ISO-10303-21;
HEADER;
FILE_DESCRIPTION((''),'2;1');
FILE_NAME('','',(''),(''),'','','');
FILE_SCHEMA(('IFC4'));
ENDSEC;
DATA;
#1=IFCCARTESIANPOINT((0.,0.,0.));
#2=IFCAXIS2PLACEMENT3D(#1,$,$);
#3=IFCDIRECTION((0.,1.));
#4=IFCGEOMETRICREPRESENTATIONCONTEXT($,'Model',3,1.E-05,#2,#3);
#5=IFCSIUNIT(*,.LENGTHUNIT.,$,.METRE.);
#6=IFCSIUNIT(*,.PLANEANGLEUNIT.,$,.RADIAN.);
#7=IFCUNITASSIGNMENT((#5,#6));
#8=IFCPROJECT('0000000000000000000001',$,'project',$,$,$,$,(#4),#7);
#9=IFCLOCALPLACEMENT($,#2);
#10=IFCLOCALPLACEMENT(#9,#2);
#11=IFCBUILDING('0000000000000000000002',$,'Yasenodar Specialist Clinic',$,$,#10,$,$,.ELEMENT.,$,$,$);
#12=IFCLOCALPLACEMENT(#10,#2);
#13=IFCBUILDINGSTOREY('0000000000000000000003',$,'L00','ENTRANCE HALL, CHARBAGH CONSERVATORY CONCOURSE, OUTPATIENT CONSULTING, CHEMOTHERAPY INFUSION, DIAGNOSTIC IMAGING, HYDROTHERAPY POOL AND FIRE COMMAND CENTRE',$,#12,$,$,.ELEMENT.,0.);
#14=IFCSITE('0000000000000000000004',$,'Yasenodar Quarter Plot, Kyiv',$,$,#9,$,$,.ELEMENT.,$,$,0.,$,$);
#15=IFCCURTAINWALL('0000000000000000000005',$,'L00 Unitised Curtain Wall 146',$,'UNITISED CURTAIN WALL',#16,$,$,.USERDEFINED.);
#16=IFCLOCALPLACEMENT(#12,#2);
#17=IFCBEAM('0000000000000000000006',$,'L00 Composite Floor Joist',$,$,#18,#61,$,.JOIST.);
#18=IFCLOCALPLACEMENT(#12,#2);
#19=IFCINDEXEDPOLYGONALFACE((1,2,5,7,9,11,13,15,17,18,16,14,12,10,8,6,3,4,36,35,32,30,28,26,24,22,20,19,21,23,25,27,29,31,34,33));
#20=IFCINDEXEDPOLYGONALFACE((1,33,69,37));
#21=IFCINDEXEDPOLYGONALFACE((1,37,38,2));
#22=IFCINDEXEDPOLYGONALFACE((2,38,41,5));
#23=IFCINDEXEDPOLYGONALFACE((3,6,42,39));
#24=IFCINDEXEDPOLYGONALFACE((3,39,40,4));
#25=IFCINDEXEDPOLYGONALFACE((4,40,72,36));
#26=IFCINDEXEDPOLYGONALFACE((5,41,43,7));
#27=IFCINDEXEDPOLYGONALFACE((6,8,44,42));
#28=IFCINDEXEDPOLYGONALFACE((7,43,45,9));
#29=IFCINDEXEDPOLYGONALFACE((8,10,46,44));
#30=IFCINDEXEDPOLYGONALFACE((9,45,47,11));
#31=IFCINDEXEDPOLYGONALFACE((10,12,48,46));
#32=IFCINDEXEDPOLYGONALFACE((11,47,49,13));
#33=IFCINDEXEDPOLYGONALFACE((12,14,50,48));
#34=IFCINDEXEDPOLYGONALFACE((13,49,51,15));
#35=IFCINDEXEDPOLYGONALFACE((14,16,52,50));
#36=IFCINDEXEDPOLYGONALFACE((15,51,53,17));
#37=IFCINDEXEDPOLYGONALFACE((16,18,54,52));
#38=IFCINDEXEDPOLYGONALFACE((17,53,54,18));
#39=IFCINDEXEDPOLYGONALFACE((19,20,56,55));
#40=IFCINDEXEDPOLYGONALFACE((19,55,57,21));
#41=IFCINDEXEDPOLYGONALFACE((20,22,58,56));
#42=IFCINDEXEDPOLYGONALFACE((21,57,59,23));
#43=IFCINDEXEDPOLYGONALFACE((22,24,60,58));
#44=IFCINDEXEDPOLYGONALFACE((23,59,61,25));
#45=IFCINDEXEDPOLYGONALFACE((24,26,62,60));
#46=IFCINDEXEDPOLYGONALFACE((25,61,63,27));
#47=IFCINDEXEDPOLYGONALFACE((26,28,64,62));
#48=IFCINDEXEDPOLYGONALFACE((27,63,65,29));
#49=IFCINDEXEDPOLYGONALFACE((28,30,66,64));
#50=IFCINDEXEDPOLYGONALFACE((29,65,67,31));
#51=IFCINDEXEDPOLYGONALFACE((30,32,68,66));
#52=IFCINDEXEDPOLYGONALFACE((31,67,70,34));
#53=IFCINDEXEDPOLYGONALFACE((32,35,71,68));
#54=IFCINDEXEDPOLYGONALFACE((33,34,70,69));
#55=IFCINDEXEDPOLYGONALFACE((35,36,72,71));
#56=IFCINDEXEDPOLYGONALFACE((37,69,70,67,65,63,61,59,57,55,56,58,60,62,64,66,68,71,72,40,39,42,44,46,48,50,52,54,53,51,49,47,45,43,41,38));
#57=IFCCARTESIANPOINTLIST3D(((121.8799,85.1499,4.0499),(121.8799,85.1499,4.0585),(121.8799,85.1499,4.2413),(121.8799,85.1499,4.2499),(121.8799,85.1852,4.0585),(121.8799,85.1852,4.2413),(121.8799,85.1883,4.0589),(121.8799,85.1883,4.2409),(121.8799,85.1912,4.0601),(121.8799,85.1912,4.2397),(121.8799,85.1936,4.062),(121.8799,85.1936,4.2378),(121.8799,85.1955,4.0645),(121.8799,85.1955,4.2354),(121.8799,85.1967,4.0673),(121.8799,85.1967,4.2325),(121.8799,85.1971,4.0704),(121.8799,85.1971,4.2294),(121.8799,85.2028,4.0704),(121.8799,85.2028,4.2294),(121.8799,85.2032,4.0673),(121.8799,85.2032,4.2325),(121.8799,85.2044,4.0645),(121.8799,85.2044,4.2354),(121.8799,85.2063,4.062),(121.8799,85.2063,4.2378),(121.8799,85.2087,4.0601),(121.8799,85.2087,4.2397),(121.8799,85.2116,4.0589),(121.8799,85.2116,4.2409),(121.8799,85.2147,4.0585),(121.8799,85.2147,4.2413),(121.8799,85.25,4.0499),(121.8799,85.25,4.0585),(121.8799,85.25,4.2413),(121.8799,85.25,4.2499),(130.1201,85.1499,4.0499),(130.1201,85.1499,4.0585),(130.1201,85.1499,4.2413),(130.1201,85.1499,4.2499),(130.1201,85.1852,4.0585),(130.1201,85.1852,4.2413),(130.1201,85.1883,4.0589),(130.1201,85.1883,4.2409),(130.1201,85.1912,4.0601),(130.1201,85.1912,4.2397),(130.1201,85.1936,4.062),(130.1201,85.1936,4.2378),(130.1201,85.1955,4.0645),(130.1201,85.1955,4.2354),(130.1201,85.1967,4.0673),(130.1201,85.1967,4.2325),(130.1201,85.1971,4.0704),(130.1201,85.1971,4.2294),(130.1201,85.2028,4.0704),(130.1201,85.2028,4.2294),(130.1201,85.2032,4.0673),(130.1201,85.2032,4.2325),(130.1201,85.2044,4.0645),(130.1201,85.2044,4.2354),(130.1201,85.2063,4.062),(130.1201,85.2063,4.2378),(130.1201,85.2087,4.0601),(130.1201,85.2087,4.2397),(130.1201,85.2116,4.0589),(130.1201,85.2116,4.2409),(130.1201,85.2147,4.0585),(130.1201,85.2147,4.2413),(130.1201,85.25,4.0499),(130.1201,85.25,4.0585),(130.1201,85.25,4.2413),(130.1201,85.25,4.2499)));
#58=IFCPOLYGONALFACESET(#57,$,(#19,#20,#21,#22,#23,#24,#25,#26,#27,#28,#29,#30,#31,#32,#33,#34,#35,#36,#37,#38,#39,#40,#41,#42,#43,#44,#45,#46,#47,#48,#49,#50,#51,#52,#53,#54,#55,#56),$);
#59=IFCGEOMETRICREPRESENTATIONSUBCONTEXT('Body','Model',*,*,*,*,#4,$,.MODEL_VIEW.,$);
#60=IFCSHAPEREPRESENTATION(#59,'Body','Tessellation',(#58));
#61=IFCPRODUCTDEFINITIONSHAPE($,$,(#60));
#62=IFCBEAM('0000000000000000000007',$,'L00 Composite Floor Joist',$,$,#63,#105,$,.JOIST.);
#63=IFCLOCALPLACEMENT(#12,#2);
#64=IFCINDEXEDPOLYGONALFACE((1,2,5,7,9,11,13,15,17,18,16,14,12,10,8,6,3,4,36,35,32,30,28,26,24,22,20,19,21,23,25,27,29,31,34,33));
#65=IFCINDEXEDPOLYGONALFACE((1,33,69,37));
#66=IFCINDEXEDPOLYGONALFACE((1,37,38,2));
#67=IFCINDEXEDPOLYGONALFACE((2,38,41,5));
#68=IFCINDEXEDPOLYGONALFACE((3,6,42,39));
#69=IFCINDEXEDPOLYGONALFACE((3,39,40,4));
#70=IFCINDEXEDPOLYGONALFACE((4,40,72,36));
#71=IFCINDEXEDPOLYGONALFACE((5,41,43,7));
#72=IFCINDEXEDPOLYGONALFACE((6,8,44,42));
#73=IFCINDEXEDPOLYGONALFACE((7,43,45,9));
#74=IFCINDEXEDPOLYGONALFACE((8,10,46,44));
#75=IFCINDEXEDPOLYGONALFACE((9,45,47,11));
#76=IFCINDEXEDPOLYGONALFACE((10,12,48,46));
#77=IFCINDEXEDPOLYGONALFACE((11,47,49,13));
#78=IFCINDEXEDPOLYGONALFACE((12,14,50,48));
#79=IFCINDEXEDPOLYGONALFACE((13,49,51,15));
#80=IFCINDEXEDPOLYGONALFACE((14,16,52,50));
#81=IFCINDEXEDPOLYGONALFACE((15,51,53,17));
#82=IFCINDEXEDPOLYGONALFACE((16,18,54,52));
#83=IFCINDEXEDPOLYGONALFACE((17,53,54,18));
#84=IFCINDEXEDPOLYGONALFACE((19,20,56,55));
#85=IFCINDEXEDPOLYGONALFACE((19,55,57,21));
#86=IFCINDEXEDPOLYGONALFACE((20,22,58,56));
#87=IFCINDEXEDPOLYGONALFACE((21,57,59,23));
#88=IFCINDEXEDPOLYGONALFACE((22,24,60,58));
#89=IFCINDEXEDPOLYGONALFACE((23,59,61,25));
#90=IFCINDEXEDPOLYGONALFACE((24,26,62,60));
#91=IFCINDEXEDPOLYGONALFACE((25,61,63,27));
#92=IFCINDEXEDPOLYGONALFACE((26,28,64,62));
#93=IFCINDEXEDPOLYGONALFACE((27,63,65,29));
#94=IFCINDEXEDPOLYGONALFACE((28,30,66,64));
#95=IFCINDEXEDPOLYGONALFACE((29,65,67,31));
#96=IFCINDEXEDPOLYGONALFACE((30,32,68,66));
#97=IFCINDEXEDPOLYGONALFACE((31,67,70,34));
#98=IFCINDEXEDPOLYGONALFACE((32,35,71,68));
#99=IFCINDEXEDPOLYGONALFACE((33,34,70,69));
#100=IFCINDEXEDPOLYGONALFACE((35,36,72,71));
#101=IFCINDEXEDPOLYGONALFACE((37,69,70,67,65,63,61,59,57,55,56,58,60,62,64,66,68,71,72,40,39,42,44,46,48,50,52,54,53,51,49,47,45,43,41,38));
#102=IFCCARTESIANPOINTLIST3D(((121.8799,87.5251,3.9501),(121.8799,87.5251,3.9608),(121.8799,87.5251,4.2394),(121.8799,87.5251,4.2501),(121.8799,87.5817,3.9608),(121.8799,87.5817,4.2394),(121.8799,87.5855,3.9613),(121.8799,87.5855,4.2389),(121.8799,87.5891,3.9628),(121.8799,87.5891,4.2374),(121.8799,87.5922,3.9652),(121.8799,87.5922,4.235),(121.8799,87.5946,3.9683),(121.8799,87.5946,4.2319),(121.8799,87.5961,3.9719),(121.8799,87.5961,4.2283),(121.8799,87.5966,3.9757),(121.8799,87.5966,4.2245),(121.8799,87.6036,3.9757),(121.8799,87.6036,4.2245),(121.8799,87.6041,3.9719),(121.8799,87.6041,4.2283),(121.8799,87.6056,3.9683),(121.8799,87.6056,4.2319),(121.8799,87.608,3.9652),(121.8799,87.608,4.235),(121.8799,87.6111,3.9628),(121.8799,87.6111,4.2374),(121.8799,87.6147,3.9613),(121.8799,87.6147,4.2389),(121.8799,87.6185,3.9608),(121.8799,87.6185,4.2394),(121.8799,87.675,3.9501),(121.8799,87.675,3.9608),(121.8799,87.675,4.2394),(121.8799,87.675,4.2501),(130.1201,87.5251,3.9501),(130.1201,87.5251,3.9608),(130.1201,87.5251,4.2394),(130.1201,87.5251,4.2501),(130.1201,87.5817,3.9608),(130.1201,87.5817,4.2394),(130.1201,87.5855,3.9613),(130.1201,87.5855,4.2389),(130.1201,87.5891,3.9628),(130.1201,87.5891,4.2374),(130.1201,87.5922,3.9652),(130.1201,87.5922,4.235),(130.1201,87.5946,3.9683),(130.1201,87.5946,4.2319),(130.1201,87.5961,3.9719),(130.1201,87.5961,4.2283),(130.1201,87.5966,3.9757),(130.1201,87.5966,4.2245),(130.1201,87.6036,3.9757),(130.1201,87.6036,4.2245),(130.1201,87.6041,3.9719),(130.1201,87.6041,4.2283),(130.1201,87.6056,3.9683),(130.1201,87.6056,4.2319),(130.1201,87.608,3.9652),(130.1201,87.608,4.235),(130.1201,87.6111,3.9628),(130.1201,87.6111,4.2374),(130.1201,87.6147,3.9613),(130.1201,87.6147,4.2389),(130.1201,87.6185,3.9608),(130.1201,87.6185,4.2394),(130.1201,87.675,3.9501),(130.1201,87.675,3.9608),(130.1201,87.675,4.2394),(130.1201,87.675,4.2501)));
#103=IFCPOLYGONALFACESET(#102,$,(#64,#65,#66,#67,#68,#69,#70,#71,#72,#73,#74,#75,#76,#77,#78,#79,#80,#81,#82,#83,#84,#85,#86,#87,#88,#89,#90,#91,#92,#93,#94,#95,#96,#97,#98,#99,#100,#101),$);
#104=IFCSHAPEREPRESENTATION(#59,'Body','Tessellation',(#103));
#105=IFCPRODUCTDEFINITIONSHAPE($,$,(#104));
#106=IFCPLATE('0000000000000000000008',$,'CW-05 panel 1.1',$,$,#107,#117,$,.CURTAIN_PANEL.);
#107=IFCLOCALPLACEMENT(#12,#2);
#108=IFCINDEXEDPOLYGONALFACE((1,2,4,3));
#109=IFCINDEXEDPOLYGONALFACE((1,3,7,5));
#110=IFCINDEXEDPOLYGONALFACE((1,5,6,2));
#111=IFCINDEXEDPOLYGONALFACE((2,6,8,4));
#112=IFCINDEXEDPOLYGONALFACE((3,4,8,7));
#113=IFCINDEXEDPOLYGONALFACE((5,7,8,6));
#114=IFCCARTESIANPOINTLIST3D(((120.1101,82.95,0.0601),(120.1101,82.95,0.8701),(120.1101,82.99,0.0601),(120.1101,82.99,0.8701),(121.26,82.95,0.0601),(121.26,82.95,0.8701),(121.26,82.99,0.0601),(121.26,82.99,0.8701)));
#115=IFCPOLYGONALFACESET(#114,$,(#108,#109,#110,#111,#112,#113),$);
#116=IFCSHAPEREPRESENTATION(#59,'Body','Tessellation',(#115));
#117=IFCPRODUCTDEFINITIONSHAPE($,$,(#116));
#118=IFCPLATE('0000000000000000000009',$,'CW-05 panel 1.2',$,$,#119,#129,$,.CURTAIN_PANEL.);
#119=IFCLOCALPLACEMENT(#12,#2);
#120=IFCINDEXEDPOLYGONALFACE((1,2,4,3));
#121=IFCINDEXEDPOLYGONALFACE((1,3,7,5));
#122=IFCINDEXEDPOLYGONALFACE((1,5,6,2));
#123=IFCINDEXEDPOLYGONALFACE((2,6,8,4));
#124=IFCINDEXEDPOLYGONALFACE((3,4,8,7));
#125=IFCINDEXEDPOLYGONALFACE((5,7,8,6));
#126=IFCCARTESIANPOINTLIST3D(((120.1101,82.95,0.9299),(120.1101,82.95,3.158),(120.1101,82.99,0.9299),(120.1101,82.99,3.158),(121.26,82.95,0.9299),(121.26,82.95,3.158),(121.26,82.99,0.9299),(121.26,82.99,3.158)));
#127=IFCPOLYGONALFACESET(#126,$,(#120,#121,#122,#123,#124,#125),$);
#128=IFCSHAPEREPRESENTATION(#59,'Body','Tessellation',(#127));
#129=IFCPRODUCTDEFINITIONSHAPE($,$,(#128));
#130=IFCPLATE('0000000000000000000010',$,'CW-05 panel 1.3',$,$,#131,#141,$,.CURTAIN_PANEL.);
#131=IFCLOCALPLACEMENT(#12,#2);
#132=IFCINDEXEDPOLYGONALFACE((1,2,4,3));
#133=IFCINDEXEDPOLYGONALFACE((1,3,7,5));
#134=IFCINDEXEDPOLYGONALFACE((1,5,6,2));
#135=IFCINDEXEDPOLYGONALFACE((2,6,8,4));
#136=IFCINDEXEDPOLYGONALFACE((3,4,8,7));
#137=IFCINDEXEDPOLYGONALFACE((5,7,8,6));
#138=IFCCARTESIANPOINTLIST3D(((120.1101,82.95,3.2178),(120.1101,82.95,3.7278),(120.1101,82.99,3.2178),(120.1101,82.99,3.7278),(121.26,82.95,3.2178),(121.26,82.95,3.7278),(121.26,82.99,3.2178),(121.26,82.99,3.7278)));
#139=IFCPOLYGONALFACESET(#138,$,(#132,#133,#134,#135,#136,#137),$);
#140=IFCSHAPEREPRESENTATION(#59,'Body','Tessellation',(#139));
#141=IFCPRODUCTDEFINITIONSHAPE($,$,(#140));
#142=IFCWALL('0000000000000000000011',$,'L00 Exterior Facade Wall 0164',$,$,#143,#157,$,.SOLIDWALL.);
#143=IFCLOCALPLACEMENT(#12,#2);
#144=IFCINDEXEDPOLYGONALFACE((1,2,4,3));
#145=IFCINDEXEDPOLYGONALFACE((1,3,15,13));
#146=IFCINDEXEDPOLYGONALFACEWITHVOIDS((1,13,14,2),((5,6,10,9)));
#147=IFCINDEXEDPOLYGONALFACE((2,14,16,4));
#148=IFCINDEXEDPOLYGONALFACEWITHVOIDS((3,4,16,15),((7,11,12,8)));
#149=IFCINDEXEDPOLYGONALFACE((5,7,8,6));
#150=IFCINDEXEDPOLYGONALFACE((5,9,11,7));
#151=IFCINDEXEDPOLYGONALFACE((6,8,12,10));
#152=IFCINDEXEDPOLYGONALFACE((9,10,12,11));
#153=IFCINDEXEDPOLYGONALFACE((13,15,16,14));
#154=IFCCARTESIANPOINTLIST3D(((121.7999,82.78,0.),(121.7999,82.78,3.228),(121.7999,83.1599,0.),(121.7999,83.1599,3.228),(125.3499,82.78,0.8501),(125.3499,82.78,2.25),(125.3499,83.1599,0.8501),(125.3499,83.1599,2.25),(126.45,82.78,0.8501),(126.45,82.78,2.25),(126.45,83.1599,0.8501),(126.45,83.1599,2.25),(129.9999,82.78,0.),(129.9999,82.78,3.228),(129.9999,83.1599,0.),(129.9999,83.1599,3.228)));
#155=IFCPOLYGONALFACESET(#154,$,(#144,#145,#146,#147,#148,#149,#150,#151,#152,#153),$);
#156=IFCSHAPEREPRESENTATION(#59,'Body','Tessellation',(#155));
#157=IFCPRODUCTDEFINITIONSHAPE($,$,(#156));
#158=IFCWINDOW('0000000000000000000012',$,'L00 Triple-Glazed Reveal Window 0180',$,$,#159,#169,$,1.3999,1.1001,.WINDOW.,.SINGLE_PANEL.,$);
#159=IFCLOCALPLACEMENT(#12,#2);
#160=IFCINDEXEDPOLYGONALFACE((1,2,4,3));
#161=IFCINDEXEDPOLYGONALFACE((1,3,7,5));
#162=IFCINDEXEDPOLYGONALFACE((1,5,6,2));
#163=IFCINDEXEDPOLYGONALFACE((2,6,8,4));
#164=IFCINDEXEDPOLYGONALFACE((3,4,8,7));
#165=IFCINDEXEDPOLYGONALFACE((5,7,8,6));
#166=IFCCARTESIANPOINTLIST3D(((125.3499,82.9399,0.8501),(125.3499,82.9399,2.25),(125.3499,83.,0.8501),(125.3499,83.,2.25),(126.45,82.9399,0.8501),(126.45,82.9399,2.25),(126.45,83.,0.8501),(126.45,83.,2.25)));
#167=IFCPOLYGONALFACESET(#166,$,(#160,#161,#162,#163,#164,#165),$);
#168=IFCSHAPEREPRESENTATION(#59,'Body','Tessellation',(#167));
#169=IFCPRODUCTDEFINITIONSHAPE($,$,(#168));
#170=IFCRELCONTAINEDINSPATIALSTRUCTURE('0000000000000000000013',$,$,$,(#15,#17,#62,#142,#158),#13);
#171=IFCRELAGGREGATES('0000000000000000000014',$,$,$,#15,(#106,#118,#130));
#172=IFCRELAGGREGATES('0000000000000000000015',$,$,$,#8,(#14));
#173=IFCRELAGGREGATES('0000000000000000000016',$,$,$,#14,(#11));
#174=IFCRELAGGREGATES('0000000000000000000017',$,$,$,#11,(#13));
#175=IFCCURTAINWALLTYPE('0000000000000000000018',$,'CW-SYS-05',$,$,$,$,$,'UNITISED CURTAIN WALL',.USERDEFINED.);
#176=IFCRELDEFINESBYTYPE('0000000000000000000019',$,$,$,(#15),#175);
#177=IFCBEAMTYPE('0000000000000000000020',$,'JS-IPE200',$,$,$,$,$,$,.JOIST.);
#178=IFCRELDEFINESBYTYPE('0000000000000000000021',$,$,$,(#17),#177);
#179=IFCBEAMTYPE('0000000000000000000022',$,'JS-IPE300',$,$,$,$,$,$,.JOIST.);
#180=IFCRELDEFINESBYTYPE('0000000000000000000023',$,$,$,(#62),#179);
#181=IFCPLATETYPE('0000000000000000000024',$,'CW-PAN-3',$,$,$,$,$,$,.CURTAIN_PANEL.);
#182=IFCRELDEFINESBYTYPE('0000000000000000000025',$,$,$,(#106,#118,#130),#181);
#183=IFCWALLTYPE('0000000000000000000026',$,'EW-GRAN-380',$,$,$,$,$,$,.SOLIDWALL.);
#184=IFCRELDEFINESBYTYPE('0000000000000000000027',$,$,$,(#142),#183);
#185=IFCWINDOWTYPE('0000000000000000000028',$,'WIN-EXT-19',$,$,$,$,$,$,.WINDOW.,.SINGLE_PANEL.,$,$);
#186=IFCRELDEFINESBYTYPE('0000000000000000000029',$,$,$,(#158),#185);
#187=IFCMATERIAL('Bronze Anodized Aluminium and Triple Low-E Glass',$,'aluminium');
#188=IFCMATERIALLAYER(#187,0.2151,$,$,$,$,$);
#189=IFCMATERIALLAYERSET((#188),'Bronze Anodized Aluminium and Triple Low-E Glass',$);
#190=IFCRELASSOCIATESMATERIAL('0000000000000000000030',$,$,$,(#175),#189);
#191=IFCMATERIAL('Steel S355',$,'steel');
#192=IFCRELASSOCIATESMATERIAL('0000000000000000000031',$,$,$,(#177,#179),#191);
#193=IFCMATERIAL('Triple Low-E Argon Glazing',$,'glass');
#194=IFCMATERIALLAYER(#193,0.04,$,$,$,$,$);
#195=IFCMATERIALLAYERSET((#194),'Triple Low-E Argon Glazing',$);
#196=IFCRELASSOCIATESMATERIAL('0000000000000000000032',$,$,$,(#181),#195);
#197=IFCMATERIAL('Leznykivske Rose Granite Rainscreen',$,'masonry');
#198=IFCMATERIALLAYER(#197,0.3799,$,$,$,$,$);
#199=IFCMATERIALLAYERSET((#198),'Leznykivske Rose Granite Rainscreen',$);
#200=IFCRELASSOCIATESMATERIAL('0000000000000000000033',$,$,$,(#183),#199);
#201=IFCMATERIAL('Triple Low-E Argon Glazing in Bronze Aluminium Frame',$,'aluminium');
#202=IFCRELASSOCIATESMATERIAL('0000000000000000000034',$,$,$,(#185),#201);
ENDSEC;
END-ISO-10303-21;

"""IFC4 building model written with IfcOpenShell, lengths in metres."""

from ifc_helpers import new_model, si_unit, direction, frame, frame_2d, origin, origin_2d, place, context, subcontext, project, spatial, rectangle, i_section, extrude, material, layer, layer_set, material_profile, profile_set, type_object, element, fill, aggregate, save


model = new_model("IFC4")

# Units and contexts
model_context = context("Model", 3, precision=1e-05, world=origin(), true_north=direction((0.0, 1.0)))
body_context = subcontext(model_context, "Body", "Model", "MODEL_VIEW")
ifc_project = project(units=[si_unit("LENGTHUNIT", "METRE"), si_unit("PLANEANGLEUNIT", "RADIAN")], contexts=[model_context])

# Site, building, storey
site_placement = place(None, origin())
site = spatial("IfcSite", under=ifc_project, at=site_placement, Name="Yasenodar Quarter Plot, Kyiv", CompositionType="ELEMENT", RefElevation=0.0)
building_placement = place(site_placement, origin())
building = spatial("IfcBuilding", under=site, at=building_placement, Name="Yasenodar Specialist Clinic", CompositionType="ELEMENT")
storey_placement = place(building_placement, origin())
storey = spatial("IfcBuildingStorey", under=building, at=storey_placement, Name="L00", Description="ENTRANCE HALL, CHARBAGH CONSERVATORY CONCOURSE, OUTPATIENT CONSULTING, CHEMOTHERAPY INFUSION, DIAGNOSTIC IMAGING, HYDROTHERAPY POOL AND FIRE COMMAND CENTRE", CompositionType="ELEMENT", Elevation=0.0)

# Shared definitions
ifc_material_1 = material(Name="Steel S355", Category="steel")

# Curtain wall
ifc_material_2 = material(Name="Bronze Anodized Aluminium and Triple Low-E Glass", Category="aluminium")
ifc_layer_1 = layer(ifc_material_2, 0.2151)
ifc_layer_set_1 = layer_set([ifc_layer_1], Name="Bronze Anodized Aluminium and Triple Low-E Glass")
curtain_wall_type = type_object("IfcCurtainWallType", Name="CW-SYS-05", ElementType="UNITISED CURTAIN WALL", PredefinedType="USERDEFINED", material=ifc_layer_set_1)
curtain_wall_placement = place(storey_placement, origin())
curtain_wall = element("IfcCurtainWall", 1, at=curtain_wall_placement, inside=storey, type_object=curtain_wall_type, Name="L00 Unitised Curtain Wall 146", ObjectType="UNITISED CURTAIN WALL", PredefinedType="USERDEFINED")

# Beams
ifc_material_profile_1 = material_profile(ifc_material_1, i_section(OverallWidth=0.1001, OverallDepth=0.2, WebThickness=0.0056, FlangeThickness=0.0085, FilletRadius=0.012, at=origin_2d()), Name="IPE 200")
ifc_profile_set_1 = profile_set([ifc_material_profile_1], Name="Steel S355")
beam_type_1 = type_object("IfcBeamType", Name="JS-IPE200", PredefinedType="JOIST", material=ifc_profile_set_1)
beam_1_placement = place(storey_placement, frame((121.8799, 85.2, 4.1499), z_axis=(1.0, 0.0, 0.0), x_axis=(0.0, 1.0, 0.0)))
element("IfcBeam", 2, at=beam_1_placement, inside=storey, type_object=beam_type_1, Name="L00 Composite Floor Joist", PredefinedType="JOIST", context=body_context, shape_type="SweptSolid", body=[
    extrude(i_section(OverallWidth=0.1001, OverallDepth=0.2, WebThickness=0.0056, FlangeThickness=0.0085, FilletRadius=0.012, at=origin_2d()), origin(), (0.0, 0.0, 1.0), 8.2402),
])
ifc_material_profile_2 = material_profile(ifc_material_1, i_section(OverallWidth=0.1499, OverallDepth=0.3, WebThickness=0.0071, FlangeThickness=0.0107, FilletRadius=0.0149, at=origin_2d()), Name="IPE 300")
ifc_profile_set_2 = profile_set([ifc_material_profile_2], Name="Steel S355")
beam_type_2 = type_object("IfcBeamType", Name="JS-IPE300", PredefinedType="JOIST", material=ifc_profile_set_2)
beam_2_placement = place(storey_placement, frame((121.8799, 87.6001, 4.1001), z_axis=(1.0, 0.0, 0.0), x_axis=(0.0, 1.0, 0.0)))
element("IfcBeam", 3, at=beam_2_placement, inside=storey, type_object=beam_type_2, Name="L00 Composite Floor Joist", PredefinedType="JOIST", context=body_context, shape_type="SweptSolid", body=[
    extrude(i_section(OverallWidth=0.1499, OverallDepth=0.3, WebThickness=0.0071, FlangeThickness=0.0107, FilletRadius=0.0149, at=origin_2d()), origin(), (0.0, 0.0, 1.0), 8.2402),
])

# Plates
ifc_material_3 = material(Name="Triple Low-E Argon Glazing", Category="glass")
ifc_layer_2 = layer(ifc_material_3, 0.04)
ifc_layer_set_2 = layer_set([ifc_layer_2], Name="Triple Low-E Argon Glazing")
plate_type = type_object("IfcPlateType", Name="CW-PAN-3", PredefinedType="CURTAIN_PANEL", material=ifc_layer_set_2)
plate_1_placement = place(storey_placement, frame((120.6851, 82.97, 0.0601), z_axis=(0.0, 0.0, 1.0), x_axis=(-1.0, 0.0, 0.0)))
plate_1 = element("IfcPlate", 4, at=plate_1_placement, type_object=plate_type, Name="CW-05 panel 1.1", PredefinedType="CURTAIN_PANEL", context=body_context, shape_type="SweptSolid", body=[
    extrude(rectangle(XDim=1.1499, YDim=0.04, at=origin_2d()), origin(), (0.0, 0.0, 1.0), 0.8101),
])
plate_2_placement = place(storey_placement, frame((120.6851, 82.97, 0.9299), z_axis=(0.0, 0.0, 1.0), x_axis=(-1.0, 0.0, 0.0)))
plate_2 = element("IfcPlate", 5, at=plate_2_placement, type_object=plate_type, Name="CW-05 panel 1.2", PredefinedType="CURTAIN_PANEL", context=body_context, shape_type="SweptSolid", body=[
    extrude(rectangle(XDim=1.1499, YDim=0.04, at=origin_2d()), origin(), (0.0, 0.0, 1.0), 2.228),
])
plate_3_placement = place(storey_placement, frame((120.6851, 82.97, 3.2178), z_axis=(0.0, 0.0, 1.0), x_axis=(-1.0, 0.0, 0.0)))
plate_3 = element("IfcPlate", 6, at=plate_3_placement, type_object=plate_type, Name="CW-05 panel 1.3", PredefinedType="CURTAIN_PANEL", context=body_context, shape_type="SweptSolid", body=[
    extrude(rectangle(XDim=1.1499, YDim=0.04, at=origin_2d()), origin(), (0.0, 0.0, 1.0), 0.51),
])
aggregate(curtain_wall, [plate_1, plate_2, plate_3])

# Wall, opening, window
ifc_material_4 = material(Name="Leznykivske Rose Granite Rainscreen", Category="masonry")
ifc_layer_3 = layer(ifc_material_4, 0.3799)
ifc_layer_set_3 = layer_set([ifc_layer_3], Name="Leznykivske Rose Granite Rainscreen")
wall_type_1 = type_object("IfcWallType", Name="EW-GRAN-380", PredefinedType="SOLIDWALL", material=ifc_layer_set_3)
wall_1_placement = place(storey_placement, frame((130.0, 82.97, 0.0), z_axis=(0.0, 0.0, 1.0), x_axis=(-1.0, 0.0, 0.0)))
wall_1 = element("IfcWall", 7, at=wall_1_placement, inside=storey, type_object=wall_type_1, Name="L00 Exterior Facade Wall 0164", PredefinedType="SOLIDWALL", context=body_context, shape_type="SweptSolid", body=[
    extrude(rectangle(XDim=8.2, YDim=0.3799, at=frame_2d((4.1001, 0.0))), origin(), (0.0, 0.0, 1.0), 3.228),
])
opening_1_placement = place(wall_1_placement, frame((3.55, 0.0, 0.8501)))
opening_1 = element("IfcOpeningElement", 8, at=opening_1_placement, cuts=wall_1, PredefinedType="OPENING", context=body_context, shape_type="SweptSolid", body=[
    extrude(rectangle(XDim=1.1001, YDim=1.3999, at=frame_2d((0.55, 0.7))), frame((0.0, 0.2, 0.0), z_axis=(0.0, -1.0, 0.0), x_axis=(1.0, 0.0, 0.0)), (0.0, 0.0, 1.0), 0.3999),
])
ifc_material_5 = material(Name="Triple Low-E Argon Glazing in Bronze Aluminium Frame", Category="aluminium")
window_type_1 = type_object("IfcWindowType", Name="WIN-EXT-19", PartitioningType="SINGLE_PANEL", PredefinedType="WINDOW", material=ifc_material_5)
window_1_placement = place(opening_1_placement, origin())
window_1 = element("IfcWindow", 9, at=window_1_placement, inside=storey, type_object=window_type_1, Name="L00 Triple-Glazed Reveal Window 0180", OverallHeight=1.3999, OverallWidth=1.1001, PartitioningType="SINGLE_PANEL", PredefinedType="WINDOW", context=body_context, shape_type="SweptSolid", body=[
    extrude(rectangle(XDim=1.1001, YDim=1.3999, at=frame_2d((0.55, 0.7))), frame((0.0, 0.03, 0.0), z_axis=(0.0, -1.0, 0.0), x_axis=(1.0, 0.0, 0.0)), (0.0, 0.0, 1.0), 0.0601),
])
fill(opening_1, window_1)

save(model, "model.ifc")
